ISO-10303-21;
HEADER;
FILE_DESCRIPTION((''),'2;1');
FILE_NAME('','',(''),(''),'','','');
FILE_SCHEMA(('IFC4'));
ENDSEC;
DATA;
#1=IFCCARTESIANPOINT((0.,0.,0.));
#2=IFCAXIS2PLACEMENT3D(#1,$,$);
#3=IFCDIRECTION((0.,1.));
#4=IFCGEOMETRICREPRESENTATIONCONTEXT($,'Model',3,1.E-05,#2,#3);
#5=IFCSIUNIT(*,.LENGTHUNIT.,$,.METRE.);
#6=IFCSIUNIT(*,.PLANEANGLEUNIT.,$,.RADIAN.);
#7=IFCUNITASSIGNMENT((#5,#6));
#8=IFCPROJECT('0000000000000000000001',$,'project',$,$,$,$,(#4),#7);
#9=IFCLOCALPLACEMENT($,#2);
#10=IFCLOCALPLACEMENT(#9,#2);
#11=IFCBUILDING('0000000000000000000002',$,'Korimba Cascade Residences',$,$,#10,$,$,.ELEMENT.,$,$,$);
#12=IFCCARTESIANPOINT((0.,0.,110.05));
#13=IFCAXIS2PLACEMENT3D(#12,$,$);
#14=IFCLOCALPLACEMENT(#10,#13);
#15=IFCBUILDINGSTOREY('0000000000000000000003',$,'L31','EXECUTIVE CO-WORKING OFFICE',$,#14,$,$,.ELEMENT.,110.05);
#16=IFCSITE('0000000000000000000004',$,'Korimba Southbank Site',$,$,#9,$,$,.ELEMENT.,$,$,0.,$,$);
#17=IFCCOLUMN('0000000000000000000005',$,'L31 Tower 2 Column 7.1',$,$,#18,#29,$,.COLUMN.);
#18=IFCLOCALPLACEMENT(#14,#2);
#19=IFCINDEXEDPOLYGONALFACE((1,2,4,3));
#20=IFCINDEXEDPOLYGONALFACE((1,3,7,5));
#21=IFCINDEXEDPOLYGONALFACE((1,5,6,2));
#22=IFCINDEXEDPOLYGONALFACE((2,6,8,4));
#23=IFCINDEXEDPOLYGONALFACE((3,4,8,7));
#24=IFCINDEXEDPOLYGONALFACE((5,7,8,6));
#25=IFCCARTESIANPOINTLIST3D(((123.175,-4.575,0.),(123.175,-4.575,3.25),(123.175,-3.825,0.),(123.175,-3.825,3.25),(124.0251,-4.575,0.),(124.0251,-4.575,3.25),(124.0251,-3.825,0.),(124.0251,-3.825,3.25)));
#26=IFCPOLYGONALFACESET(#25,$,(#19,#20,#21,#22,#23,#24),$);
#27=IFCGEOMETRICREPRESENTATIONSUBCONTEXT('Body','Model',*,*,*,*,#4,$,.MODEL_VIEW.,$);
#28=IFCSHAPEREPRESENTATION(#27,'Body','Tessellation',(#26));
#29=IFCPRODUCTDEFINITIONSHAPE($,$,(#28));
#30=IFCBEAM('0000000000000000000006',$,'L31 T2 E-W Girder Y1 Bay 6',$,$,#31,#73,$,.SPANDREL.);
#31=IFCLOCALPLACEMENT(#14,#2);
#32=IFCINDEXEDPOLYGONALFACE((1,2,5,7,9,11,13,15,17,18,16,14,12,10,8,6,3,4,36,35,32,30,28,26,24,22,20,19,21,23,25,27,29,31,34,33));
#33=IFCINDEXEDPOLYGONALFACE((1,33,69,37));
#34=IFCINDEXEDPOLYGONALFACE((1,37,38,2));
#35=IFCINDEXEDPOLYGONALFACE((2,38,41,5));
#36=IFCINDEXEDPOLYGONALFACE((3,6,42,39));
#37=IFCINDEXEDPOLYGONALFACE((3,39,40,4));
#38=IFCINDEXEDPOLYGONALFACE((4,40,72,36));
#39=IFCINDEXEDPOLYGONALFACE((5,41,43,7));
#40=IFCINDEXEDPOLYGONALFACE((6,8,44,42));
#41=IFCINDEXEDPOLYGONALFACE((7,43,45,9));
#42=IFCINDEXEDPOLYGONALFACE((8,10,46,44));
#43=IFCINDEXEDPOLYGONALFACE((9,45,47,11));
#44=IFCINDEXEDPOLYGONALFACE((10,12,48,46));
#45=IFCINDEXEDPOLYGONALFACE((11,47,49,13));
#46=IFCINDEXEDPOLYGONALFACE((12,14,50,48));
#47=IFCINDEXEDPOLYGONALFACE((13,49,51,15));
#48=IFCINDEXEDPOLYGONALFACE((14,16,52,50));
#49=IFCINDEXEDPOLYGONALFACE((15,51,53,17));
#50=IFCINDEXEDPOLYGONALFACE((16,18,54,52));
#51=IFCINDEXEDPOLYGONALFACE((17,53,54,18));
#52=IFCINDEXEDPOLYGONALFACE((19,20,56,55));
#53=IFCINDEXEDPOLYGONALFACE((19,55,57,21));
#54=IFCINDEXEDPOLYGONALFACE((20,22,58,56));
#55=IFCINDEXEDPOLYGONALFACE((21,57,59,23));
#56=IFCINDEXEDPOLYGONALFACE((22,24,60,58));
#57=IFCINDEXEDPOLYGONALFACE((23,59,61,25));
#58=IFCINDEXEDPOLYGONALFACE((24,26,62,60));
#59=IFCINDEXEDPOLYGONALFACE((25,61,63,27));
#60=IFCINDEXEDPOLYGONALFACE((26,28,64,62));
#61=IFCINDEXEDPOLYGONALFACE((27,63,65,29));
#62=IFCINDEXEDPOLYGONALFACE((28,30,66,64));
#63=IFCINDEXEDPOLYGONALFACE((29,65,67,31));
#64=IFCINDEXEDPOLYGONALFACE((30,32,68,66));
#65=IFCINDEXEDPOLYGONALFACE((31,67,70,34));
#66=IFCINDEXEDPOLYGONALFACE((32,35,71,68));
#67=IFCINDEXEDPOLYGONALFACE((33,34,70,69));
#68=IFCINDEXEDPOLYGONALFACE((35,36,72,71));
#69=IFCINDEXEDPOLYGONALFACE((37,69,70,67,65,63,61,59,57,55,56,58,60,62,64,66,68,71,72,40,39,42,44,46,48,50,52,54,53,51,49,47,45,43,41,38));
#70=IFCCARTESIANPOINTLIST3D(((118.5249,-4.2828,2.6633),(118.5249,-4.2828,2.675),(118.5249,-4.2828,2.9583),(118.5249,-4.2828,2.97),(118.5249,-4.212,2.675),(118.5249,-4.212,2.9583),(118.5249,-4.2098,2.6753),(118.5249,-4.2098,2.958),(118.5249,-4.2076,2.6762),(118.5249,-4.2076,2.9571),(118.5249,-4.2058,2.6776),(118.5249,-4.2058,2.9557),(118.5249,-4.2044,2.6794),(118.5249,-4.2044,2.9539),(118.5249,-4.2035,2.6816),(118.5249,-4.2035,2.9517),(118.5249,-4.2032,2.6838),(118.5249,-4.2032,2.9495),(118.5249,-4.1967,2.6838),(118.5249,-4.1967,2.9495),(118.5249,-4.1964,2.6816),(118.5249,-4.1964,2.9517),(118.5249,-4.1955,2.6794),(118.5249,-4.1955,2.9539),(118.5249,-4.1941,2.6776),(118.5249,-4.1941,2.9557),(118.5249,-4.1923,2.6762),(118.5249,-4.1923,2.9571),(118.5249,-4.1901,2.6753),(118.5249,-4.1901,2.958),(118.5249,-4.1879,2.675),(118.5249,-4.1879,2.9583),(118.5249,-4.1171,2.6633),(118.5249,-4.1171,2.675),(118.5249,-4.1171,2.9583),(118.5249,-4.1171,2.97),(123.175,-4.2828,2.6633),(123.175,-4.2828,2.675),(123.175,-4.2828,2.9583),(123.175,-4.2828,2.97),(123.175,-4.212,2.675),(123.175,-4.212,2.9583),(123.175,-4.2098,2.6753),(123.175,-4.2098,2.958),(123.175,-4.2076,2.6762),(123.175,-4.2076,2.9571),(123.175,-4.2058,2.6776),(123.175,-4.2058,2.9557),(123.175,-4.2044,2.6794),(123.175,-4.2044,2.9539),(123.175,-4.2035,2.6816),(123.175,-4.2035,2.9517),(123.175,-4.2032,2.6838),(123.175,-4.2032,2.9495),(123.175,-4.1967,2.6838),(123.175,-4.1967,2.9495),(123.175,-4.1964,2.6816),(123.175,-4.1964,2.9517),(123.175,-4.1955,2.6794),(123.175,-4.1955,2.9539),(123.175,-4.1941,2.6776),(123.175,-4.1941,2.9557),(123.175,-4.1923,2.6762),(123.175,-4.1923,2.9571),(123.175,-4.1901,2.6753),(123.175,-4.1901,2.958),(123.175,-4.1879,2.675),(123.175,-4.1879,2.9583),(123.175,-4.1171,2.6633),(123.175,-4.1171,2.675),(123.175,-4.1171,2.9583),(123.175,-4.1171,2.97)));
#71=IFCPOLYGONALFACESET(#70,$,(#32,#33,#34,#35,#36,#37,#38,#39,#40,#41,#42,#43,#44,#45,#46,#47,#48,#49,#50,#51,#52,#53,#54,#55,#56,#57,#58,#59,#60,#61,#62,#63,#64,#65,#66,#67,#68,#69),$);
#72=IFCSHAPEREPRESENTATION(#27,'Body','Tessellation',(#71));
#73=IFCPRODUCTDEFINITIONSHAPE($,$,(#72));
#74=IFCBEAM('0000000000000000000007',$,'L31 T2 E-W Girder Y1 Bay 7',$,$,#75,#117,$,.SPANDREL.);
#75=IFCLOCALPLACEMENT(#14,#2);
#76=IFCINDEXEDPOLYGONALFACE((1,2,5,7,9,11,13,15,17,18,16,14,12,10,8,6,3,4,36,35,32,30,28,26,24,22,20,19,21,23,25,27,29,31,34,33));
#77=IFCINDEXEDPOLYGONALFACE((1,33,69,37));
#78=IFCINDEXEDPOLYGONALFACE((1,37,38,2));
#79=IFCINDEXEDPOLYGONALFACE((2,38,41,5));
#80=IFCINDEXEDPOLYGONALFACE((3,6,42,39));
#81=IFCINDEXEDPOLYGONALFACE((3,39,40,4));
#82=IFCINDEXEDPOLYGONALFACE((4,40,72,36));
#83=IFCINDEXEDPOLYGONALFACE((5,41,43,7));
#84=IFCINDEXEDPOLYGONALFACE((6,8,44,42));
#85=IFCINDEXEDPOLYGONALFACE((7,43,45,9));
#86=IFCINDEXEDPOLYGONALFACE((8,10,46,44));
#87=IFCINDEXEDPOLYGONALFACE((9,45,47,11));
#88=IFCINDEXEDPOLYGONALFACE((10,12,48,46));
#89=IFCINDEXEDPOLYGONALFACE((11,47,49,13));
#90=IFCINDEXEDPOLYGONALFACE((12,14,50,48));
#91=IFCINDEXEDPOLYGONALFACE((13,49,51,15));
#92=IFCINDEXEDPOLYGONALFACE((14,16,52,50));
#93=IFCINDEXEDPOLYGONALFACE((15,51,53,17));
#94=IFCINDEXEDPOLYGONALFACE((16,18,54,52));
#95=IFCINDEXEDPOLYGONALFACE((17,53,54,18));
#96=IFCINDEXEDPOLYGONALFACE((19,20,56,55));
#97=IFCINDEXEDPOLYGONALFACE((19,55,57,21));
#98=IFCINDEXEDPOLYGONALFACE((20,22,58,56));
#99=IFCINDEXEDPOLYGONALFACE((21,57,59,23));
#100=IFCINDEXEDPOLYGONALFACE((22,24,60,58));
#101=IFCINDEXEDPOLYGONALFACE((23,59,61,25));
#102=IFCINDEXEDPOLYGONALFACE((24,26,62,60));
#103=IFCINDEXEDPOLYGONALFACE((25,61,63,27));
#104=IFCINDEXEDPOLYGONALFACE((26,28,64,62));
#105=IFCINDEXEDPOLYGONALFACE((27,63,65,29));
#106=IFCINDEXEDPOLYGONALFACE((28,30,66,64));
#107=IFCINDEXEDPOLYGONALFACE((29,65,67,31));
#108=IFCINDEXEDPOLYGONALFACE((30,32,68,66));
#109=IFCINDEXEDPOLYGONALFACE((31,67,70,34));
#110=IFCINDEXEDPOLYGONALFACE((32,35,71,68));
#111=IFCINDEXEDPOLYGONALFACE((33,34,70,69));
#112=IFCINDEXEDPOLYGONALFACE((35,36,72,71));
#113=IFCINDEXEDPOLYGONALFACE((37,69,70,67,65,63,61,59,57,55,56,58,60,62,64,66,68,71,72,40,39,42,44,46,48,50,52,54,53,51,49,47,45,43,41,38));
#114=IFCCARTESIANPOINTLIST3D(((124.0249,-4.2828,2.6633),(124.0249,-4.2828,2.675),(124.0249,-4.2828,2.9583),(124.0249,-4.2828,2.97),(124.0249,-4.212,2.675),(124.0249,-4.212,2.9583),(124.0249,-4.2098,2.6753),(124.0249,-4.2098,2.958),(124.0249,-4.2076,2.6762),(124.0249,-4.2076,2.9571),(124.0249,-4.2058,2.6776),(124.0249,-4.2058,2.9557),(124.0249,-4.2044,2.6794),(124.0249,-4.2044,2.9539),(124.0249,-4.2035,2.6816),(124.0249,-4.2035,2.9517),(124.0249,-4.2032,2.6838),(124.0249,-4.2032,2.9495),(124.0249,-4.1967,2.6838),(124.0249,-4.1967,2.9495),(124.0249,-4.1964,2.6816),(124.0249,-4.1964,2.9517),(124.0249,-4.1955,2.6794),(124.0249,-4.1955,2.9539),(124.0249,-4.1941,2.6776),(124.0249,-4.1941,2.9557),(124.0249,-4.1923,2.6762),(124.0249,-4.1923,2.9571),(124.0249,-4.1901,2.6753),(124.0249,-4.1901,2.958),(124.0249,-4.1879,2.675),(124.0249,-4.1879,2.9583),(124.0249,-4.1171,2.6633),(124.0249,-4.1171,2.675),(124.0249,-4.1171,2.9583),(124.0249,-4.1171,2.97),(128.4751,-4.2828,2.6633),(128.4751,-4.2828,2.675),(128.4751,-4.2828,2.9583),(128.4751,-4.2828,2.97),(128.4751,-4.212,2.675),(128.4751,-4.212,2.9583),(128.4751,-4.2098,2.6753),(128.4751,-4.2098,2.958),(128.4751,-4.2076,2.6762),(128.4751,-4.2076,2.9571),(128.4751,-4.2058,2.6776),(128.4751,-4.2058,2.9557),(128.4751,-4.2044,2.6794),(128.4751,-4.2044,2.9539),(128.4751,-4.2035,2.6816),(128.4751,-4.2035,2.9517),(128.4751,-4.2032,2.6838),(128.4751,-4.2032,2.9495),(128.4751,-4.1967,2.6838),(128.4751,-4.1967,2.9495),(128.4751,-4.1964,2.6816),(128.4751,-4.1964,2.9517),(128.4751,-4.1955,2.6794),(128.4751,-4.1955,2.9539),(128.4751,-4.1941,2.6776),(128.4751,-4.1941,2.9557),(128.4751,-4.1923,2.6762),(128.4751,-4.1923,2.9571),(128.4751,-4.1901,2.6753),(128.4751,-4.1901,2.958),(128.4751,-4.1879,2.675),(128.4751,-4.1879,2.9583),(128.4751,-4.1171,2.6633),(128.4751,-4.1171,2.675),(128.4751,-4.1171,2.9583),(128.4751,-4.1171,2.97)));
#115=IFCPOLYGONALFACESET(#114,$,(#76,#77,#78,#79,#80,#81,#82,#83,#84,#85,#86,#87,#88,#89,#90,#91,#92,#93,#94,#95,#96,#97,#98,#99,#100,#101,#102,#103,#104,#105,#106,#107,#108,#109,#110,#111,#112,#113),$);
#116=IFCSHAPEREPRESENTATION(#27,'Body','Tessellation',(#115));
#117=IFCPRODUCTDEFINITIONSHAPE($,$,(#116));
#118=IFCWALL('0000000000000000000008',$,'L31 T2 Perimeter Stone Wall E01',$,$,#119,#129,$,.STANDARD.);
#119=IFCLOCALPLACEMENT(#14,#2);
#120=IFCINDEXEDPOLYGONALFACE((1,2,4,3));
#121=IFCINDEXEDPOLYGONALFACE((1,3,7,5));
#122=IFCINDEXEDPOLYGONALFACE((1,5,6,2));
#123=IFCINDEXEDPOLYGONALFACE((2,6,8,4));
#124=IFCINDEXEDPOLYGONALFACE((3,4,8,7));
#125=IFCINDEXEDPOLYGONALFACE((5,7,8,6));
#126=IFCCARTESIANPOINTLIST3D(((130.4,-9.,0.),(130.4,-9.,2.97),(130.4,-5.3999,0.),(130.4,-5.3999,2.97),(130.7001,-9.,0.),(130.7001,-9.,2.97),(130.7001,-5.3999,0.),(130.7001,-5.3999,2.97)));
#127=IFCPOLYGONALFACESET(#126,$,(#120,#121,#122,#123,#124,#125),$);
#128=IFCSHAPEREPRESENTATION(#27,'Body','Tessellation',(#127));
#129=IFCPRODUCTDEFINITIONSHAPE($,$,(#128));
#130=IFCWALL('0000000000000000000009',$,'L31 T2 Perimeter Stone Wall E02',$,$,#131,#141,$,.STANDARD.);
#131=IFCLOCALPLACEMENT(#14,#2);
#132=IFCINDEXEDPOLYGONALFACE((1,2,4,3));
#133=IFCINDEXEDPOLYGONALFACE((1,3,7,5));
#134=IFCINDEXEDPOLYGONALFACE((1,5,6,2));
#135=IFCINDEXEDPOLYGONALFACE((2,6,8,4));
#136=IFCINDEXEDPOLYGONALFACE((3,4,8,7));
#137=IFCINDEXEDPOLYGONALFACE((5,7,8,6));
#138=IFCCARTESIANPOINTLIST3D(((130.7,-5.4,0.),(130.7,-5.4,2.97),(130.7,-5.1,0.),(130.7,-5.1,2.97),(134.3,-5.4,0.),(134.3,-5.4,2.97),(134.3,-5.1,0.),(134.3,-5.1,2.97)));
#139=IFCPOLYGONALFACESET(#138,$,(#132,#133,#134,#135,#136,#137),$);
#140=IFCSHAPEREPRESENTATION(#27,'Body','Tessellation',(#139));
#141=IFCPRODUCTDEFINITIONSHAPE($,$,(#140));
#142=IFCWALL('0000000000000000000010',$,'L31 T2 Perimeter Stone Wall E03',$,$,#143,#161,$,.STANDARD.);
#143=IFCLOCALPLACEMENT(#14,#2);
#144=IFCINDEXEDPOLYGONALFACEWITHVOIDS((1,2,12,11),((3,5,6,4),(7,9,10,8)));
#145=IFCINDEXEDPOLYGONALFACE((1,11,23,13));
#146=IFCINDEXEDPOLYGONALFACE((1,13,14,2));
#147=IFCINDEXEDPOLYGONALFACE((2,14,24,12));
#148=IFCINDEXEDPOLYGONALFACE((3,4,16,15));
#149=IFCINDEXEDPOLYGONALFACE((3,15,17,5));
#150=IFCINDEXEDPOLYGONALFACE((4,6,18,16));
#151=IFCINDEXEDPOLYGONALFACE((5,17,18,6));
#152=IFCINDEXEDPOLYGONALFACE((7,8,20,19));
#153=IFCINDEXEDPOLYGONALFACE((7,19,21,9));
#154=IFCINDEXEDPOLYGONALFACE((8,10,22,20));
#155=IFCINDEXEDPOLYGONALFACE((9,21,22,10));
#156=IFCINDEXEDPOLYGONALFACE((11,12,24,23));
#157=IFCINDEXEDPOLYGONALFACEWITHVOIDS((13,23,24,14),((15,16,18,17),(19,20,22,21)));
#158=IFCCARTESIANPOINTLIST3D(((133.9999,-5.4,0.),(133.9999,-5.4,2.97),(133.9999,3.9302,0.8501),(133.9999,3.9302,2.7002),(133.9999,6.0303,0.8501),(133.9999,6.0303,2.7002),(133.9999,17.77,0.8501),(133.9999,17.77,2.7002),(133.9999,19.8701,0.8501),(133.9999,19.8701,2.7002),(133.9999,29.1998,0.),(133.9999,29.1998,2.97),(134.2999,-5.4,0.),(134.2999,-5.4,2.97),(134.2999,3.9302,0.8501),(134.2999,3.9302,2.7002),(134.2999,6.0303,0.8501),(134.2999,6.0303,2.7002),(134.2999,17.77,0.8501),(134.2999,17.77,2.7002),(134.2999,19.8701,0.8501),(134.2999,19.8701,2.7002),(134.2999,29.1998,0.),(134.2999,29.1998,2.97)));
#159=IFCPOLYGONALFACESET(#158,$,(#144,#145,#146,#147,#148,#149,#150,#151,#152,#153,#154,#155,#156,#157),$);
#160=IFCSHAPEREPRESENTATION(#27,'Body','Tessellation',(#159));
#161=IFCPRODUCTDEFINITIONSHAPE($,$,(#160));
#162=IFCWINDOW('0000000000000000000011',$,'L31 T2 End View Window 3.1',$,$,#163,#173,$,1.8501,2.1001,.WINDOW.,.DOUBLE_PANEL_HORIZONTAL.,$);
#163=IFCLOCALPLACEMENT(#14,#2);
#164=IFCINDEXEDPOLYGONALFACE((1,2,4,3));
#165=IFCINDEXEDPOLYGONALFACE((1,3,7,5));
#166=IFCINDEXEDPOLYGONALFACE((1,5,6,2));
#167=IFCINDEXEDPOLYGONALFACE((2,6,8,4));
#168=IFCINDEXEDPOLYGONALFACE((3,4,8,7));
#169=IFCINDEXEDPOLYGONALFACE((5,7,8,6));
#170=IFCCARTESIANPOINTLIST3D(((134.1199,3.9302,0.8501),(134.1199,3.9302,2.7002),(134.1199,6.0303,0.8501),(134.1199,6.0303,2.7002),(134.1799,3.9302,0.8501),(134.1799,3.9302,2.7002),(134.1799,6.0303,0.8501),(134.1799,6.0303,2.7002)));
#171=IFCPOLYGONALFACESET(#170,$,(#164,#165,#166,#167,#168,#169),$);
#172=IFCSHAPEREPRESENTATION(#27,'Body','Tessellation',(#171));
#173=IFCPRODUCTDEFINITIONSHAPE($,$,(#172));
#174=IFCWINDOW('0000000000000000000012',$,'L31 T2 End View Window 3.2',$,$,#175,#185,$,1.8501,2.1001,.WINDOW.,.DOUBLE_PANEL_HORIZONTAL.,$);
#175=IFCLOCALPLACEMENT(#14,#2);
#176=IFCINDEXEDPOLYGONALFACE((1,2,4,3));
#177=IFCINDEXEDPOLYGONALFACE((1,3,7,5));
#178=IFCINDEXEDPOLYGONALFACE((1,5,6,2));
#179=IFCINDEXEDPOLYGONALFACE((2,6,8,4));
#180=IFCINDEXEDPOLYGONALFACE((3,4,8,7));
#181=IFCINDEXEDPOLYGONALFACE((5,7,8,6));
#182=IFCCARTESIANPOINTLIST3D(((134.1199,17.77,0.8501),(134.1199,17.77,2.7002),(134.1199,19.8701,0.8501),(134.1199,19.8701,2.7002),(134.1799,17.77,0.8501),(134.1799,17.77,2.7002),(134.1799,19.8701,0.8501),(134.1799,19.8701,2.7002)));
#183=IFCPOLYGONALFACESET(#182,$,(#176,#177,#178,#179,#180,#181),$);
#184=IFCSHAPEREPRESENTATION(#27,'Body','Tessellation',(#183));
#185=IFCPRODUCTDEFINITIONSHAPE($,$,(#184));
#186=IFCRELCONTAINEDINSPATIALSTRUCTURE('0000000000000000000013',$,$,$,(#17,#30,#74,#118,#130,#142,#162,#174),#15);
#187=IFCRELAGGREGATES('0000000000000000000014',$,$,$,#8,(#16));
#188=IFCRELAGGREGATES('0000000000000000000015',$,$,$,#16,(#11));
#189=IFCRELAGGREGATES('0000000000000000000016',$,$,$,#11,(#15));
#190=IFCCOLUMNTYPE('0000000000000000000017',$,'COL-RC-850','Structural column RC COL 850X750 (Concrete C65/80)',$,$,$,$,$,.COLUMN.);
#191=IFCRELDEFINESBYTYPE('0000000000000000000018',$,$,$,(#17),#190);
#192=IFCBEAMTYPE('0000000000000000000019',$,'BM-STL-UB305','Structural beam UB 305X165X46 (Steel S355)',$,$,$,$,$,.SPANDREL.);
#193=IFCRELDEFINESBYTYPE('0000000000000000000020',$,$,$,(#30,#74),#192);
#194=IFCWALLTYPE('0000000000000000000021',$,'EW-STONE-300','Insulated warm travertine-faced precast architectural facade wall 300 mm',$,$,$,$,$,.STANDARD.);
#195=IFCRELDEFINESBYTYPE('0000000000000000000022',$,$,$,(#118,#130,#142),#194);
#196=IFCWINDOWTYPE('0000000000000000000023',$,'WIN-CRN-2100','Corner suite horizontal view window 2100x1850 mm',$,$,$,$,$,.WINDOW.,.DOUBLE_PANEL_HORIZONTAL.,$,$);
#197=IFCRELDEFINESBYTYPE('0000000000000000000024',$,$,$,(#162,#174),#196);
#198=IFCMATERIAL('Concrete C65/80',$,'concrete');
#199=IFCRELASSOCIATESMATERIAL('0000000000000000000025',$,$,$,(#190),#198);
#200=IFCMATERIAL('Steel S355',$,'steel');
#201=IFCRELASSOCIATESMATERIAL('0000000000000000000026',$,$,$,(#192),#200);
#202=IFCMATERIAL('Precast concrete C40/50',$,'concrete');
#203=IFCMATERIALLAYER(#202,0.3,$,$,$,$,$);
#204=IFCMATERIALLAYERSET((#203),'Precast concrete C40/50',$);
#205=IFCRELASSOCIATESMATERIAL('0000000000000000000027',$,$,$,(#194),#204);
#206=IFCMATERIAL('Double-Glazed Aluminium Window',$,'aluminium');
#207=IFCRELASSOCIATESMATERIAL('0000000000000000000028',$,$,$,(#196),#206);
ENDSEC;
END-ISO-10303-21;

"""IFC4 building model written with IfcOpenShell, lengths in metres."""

from ifc_helpers import new_model, si_unit, direction, frame, frame_2d, origin, origin_2d, place, context, subcontext, project, spatial, rectangle, i_section, extrude, material, layer, layer_set, material_profile, profile_set, type_object, element, fill, save


model = new_model("IFC4")

# Units and contexts
model_context = context("Model", 3, precision=1e-05, world=origin(), true_north=direction((0.0, 1.0)))
body_context = subcontext(model_context, "Body", "Model", "MODEL_VIEW")
ifc_project = project(units=[si_unit("LENGTHUNIT", "METRE"), si_unit("PLANEANGLEUNIT", "RADIAN")], contexts=[model_context])

# Site, building, storey
site_placement = place(None, origin())
site = spatial("IfcSite", under=ifc_project, at=site_placement, Name="Korimba Southbank Site", CompositionType="ELEMENT", RefElevation=0.0)
building_placement = place(site_placement, origin())
building = spatial("IfcBuilding", under=site, at=building_placement, Name="Korimba Cascade Residences", CompositionType="ELEMENT")
storey_placement = place(building_placement, frame((0.0, 0.0, 110.05)))
storey = spatial("IfcBuildingStorey", under=building, at=storey_placement, Name="L31", Description="EXECUTIVE CO-WORKING OFFICE", CompositionType="ELEMENT", Elevation=110.05)

# Column
ifc_material_1 = material(Name="Concrete C65/80", Category="concrete")
ifc_material_profile_1 = material_profile(ifc_material_1, rectangle(XDim=0.8501, YDim=0.75, at=origin_2d()), Name="Concrete C65/80")
ifc_profile_set_1 = profile_set([ifc_material_profile_1], Name="Concrete C65/80")
column_type = type_object("IfcColumnType", Name="COL-RC-850", Description="Structural column RC COL 850X750 (Concrete C65/80)", PredefinedType="COLUMN", material=ifc_profile_set_1)
column_placement = place(storey_placement, frame((123.6001, -4.2, 0.0), z_axis=(0.0, 0.0, 1.0), x_axis=(1.0, 0.0, 0.0)))
element("IfcColumn", 1, at=column_placement, inside=storey, type_object=column_type, Name="L31 Tower 2 Column 7.1", PredefinedType="COLUMN", context=body_context, shape_type="SweptSolid", body=[
    extrude(rectangle(XDim=0.8501, YDim=0.75, at=origin_2d()), origin(), (0.0, 0.0, 1.0), 3.25),
])

# Beams
ifc_material_2 = material(Name="Steel S355", Category="steel")
ifc_material_profile_2 = material_profile(ifc_material_2, i_section(OverallWidth=0.1658, OverallDepth=0.3066, WebThickness=0.0066, FlangeThickness=0.0117, FilletRadius=0.0088, at=origin_2d()), Name="Steel S355")
ifc_profile_set_2 = profile_set([ifc_material_profile_2], Name="Steel S355")
beam_type = type_object("IfcBeamType", Name="BM-STL-UB305", Description="Structural beam UB 305X165X46 (Steel S355)", PredefinedType="SPANDREL", material=ifc_profile_set_2)
beam_1_placement = place(storey_placement, frame((118.5249, -4.2, 2.8167), z_axis=(1.0, 0.0, 0.0), x_axis=(0.0, 1.0, 0.0)))
element("IfcBeam", 2, at=beam_1_placement, inside=storey, type_object=beam_type, Name="L31 T2 E-W Girder Y1 Bay 6", PredefinedType="SPANDREL", context=body_context, shape_type="SweptSolid", body=[
    extrude(i_section(OverallWidth=0.1658, OverallDepth=0.3066, WebThickness=0.0066, FlangeThickness=0.0117, FilletRadius=0.0088, at=origin_2d()), origin(), (0.0, 0.0, 1.0), 4.6501),
])
beam_2_placement = place(storey_placement, frame((124.0249, -4.2, 2.8167), z_axis=(1.0, 0.0, 0.0), x_axis=(0.0, 1.0, 0.0)))
element("IfcBeam", 3, at=beam_2_placement, inside=storey, type_object=beam_type, Name="L31 T2 E-W Girder Y1 Bay 7", PredefinedType="SPANDREL", context=body_context, shape_type="SweptSolid", body=[
    extrude(i_section(OverallWidth=0.1658, OverallDepth=0.3066, WebThickness=0.0066, FlangeThickness=0.0117, FilletRadius=0.0088, at=origin_2d()), origin(), (0.0, 0.0, 1.0), 4.4502),
])

# Walls
ifc_material_3 = material(Name="Precast concrete C40/50", Category="concrete")
ifc_layer_1 = layer(ifc_material_3, 0.3)
ifc_layer_set_1 = layer_set([ifc_layer_1], Name="Precast concrete C40/50")
wall_type_1 = type_object("IfcWallType", Name="EW-STONE-300", Description="Insulated warm travertine-faced precast architectural facade wall 300 mm", PredefinedType="STANDARD", material=ifc_layer_set_1)
for number, where, z_axis, x_axis, name in (
    (4, (130.55, -9.0, 0.0), (0.0, 0.0, 1.0), (0.0, 1.0, 0.0), "L31 T2 Perimeter Stone Wall E01"),
    (5, (130.7, -5.25, 0.0), (0.0, 0.0, 1.0), (1.0, 0.0, 0.0), "L31 T2 Perimeter Stone Wall E02"),
):
    element("IfcWall", number, at=place(storey_placement, frame(where, z_axis=z_axis, x_axis=x_axis)), inside=storey, type_object=wall_type_1, Name=name, PredefinedType="STANDARD", context=body_context, shape_type="SweptSolid", body=[
        extrude(rectangle(XDim=3.6001, YDim=0.3, at=frame_2d((1.8, 0.0))), origin(), (0.0, 0.0, 1.0), 2.97),
    ])

# Wall, openings, windows
wall_1_placement = place(storey_placement, frame((134.1499, -5.3999, 0.0), z_axis=(0.0, 0.0, 1.0), x_axis=(0.0, 1.0, 0.0)))
wall_1 = element("IfcWall", 6, at=wall_1_placement, inside=storey, type_object=wall_type_1, Name="L31 T2 Perimeter Stone Wall E03", PredefinedType="STANDARD", context=body_context, shape_type="SweptSolid", body=[
    extrude(rectangle(XDim=34.5999, YDim=0.3, at=frame_2d((17.2998, 0.0))), origin(), (0.0, 0.0, 1.0), 2.97),
])
opening_1_placement = place(wall_1_placement, frame((9.3301, 0.0, 0.8501)))
opening_1 = element("IfcOpeningElement", 7, at=opening_1_placement, cuts=wall_1, PredefinedType="OPENING", context=body_context, shape_type="SweptSolid", body=[
    extrude(rectangle(XDim=2.1001, YDim=1.8501, at=frame_2d((1.05, 0.925))), frame((0.0, 0.1602, 0.0), z_axis=(0.0, -1.0, 0.0), x_axis=(1.0, 0.0, 0.0)), (0.0, 0.0, 1.0), 0.3201),
])
opening_2_placement = place(wall_1_placement, frame((23.1699, 0.0, 0.8501)))
opening_2 = element("IfcOpeningElement", 8, at=opening_2_placement, cuts=wall_1, PredefinedType="OPENING", context=body_context, shape_type="SweptSolid", body=[
    extrude(rectangle(XDim=2.1001, YDim=1.8501, at=frame_2d((1.05, 0.925))), frame((0.0, 0.1602, 0.0), z_axis=(0.0, -1.0, 0.0), x_axis=(1.0, 0.0, 0.0)), (0.0, 0.0, 1.0), 0.3201),
])
ifc_material_4 = material(Name="Double-Glazed Aluminium Window", Category="aluminium")
window_type = type_object("IfcWindowType", Name="WIN-CRN-2100", Description="Corner suite horizontal view window 2100x1850 mm", PartitioningType="DOUBLE_PANEL_HORIZONTAL", PredefinedType="WINDOW", material=ifc_material_4)
window_1_placement = place(opening_1_placement, origin())
window_1 = element("IfcWindow", 9, at=window_1_placement, inside=storey, type_object=window_type, Name="L31 T2 End View Window 3.1", OverallHeight=1.8501, OverallWidth=2.1001, PartitioningType="DOUBLE_PANEL_HORIZONTAL", PredefinedType="WINDOW", context=body_context, shape_type="SweptSolid", body=[
    extrude(rectangle(XDim=2.1001, YDim=1.8501, at=frame_2d((1.05, 0.925))), frame((0.0, 0.03, 0.0), z_axis=(0.0, -1.0, 0.0), x_axis=(1.0, 0.0, 0.0)), (0.0, 0.0, 1.0), 0.0601),
])
fill(opening_1, window_1)
window_2_placement = place(opening_2_placement, origin())
window_2 = element("IfcWindow", 10, at=window_2_placement, inside=storey, type_object=window_type, Name="L31 T2 End View Window 3.2", OverallHeight=1.8501, OverallWidth=2.1001, PartitioningType="DOUBLE_PANEL_HORIZONTAL", PredefinedType="WINDOW", context=body_context, shape_type="SweptSolid", body=[
    extrude(rectangle(XDim=2.1001, YDim=1.8501, at=frame_2d((1.05, 0.925))), frame((0.0, 0.03, 0.0), z_axis=(0.0, -1.0, 0.0), x_axis=(1.0, 0.0, 0.0)), (0.0, 0.0, 1.0), 0.0601),
])
fill(opening_2, window_2)

save(model, "model.ifc")
